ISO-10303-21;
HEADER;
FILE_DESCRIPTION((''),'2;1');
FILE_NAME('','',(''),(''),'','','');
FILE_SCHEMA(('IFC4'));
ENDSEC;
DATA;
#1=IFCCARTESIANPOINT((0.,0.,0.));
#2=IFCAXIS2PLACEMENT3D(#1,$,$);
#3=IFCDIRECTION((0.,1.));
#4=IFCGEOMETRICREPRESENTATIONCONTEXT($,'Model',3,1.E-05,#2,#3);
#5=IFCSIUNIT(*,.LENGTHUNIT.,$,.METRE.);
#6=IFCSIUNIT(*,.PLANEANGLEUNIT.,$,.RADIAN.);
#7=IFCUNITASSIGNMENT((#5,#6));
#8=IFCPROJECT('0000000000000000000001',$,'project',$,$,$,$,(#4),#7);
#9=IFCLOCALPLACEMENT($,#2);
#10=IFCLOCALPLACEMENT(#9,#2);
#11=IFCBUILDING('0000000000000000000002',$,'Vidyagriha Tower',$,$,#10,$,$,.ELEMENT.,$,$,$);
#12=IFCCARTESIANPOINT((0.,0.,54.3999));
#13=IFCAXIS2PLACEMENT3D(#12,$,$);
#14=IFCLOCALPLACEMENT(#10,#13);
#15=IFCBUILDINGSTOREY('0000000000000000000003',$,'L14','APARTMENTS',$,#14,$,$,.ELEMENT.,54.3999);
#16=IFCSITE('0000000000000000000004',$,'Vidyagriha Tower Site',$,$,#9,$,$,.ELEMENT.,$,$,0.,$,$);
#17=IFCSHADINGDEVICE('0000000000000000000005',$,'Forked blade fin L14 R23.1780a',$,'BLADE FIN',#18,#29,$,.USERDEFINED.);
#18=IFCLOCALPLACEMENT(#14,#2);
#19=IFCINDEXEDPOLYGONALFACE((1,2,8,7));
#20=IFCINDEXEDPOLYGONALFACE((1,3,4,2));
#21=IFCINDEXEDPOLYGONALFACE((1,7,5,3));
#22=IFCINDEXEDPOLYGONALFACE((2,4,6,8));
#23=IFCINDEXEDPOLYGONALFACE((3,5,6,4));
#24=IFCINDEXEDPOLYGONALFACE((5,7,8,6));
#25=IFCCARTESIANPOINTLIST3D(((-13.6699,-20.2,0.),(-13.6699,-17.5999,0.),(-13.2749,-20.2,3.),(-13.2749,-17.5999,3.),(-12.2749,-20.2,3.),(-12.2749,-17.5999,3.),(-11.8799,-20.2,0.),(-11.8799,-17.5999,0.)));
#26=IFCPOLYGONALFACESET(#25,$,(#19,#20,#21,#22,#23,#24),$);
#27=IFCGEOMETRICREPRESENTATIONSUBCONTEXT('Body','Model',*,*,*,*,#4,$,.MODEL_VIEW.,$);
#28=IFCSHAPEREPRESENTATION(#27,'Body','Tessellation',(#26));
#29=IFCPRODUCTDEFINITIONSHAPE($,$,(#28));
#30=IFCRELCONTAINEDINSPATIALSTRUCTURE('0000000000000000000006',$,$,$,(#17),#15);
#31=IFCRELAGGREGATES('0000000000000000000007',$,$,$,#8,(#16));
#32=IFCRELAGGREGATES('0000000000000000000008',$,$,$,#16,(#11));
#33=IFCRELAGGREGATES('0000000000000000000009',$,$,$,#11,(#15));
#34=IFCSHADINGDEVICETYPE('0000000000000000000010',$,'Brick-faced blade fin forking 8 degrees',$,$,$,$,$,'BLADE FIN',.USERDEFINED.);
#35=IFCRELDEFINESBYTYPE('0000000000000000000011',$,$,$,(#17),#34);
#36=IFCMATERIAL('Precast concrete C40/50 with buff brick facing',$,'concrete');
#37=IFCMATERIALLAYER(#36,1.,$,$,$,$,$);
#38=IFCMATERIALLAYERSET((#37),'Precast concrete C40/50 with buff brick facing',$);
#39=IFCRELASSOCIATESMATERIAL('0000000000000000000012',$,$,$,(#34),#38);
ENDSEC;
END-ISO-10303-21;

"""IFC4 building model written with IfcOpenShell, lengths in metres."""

from ifc_helpers import new_model, si_unit, direction, frame, origin, place, context, subcontext, project, spatial, polyline, outline, extrude, material, layer, layer_set, type_object, element, save


model = new_model("IFC4")

# Units and contexts
model_context = context("Model", 3, precision=1e-05, world=origin(), true_north=direction((0.0, 1.0)))
body_context = subcontext(model_context, "Body", "Model", "MODEL_VIEW")
ifc_project = project(units=[si_unit("LENGTHUNIT", "METRE"), si_unit("PLANEANGLEUNIT", "RADIAN")], contexts=[model_context])

# Site, building, storey
site_placement = place(None, origin())
site = spatial("IfcSite", under=ifc_project, at=site_placement, Name="Vidyagriha Tower Site", CompositionType="ELEMENT", RefElevation=0.0)
building_placement = place(site_placement, origin())
building = spatial("IfcBuilding", under=site, at=building_placement, Name="Vidyagriha Tower", CompositionType="ELEMENT")
storey_placement = place(building_placement, frame((0.0, 0.0, 54.3999)))
storey = spatial("IfcBuildingStorey", under=building, at=storey_placement, Name="L14", Description="APARTMENTS", CompositionType="ELEMENT", Elevation=54.3999)

# Shading device
ifc_material_1 = material(Name="Precast concrete C40/50 with buff brick facing", Category="concrete")
ifc_layer_1 = layer(ifc_material_1, 1.0)
ifc_layer_set_1 = layer_set([ifc_layer_1], Name="Precast concrete C40/50 with buff brick facing")
shading_device_type_1 = type_object("IfcShadingDeviceType", Name="Brick-faced blade fin forking 8 degrees", ElementType="BLADE FIN", PredefinedType="USERDEFINED", material=ifc_layer_set_1)
shading_device_1_placement = place(storey_placement, frame((-13.6699, -18.8999, 0.0)))
element("IfcShadingDevice", 1, at=shading_device_1_placement, inside=storey, type_object=shading_device_type_1, Name="Forked blade fin L14 R23.1780a", ObjectType="BLADE FIN", PredefinedType="USERDEFINED", context=body_context, shape_type="SweptSolid", body=[
    extrude(outline(polyline([(0.0, 0.0), (1.79, 0.0), (1.395, 3.0), (0.395, 3.0), (0.0, 0.0)])), frame((0.0, 1.3, 0.0), z_axis=(0.0, -1.0, 0.0), x_axis=(1.0, 0.0, 0.0)), (0.0, 0.0, 1.0), 2.6001),
])

save(model, "model.ifc")
